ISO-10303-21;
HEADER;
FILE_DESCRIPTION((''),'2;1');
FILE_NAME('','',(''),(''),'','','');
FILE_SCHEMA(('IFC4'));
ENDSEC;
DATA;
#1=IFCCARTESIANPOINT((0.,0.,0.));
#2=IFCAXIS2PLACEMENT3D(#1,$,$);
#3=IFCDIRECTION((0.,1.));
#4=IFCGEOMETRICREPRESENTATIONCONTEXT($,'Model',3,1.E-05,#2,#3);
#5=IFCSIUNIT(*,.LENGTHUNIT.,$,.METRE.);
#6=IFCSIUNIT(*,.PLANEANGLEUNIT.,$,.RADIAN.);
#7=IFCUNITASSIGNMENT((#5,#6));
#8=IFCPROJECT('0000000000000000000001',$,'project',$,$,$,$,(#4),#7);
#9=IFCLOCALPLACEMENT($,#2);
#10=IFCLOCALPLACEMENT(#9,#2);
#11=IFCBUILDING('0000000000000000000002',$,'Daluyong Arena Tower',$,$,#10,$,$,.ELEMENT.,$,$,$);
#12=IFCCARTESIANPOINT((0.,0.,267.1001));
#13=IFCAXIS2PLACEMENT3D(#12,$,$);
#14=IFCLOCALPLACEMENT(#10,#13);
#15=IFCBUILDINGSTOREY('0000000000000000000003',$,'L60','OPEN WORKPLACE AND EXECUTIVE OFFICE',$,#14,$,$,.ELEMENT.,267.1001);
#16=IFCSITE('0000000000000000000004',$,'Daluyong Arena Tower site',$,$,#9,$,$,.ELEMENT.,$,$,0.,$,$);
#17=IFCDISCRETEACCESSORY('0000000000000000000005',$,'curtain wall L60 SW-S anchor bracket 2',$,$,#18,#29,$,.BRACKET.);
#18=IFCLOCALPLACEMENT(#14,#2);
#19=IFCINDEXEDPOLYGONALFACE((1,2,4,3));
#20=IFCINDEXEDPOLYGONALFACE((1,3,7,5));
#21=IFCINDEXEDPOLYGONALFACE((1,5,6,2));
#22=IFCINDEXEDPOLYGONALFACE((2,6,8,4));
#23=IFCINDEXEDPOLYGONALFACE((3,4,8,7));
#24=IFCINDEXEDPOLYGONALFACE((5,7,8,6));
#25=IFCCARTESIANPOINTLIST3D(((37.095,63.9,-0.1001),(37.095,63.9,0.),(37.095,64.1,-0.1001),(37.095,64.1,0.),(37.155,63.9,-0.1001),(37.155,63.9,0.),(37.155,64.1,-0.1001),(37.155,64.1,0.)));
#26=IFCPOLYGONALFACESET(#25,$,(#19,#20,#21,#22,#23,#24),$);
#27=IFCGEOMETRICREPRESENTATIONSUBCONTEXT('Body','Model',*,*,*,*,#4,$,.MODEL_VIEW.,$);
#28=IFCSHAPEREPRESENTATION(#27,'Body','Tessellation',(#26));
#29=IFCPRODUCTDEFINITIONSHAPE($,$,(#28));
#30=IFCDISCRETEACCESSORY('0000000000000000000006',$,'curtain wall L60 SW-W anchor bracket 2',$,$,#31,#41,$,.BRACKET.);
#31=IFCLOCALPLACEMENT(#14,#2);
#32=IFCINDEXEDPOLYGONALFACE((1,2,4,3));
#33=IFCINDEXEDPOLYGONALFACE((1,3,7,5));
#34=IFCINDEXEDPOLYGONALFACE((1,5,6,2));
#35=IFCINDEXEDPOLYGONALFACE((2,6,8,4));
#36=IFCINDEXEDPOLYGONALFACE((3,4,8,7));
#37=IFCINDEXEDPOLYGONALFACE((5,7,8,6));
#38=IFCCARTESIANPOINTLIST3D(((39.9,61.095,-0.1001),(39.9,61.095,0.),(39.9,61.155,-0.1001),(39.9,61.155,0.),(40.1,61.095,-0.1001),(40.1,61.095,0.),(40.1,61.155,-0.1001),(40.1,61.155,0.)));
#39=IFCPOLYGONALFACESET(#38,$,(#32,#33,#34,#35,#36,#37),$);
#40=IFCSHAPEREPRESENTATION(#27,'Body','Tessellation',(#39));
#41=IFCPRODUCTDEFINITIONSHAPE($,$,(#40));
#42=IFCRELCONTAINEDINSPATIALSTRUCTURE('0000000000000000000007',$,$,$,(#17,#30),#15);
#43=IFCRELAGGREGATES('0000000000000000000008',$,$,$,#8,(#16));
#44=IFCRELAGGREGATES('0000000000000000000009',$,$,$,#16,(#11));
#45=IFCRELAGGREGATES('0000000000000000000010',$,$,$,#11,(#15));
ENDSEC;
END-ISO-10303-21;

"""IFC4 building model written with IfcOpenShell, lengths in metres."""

from ifc_helpers import new_model, si_unit, direction, frame, origin, origin_2d, place, context, subcontext, project, spatial, rectangle, extrude, element, save


model = new_model("IFC4")

# Units and contexts
model_context = context("Model", 3, precision=1e-05, world=origin(), true_north=direction((0.0, 1.0)))
body_context = subcontext(model_context, "Body", "Model", "MODEL_VIEW")
ifc_project = project(units=[si_unit("LENGTHUNIT", "METRE"), si_unit("PLANEANGLEUNIT", "RADIAN")], contexts=[model_context])

# Site, building, storey
site_placement = place(None, origin())
site = spatial("IfcSite", under=ifc_project, at=site_placement, Name="Daluyong Arena Tower site", CompositionType="ELEMENT", RefElevation=0.0)
building_placement = place(site_placement, origin())
building = spatial("IfcBuilding", under=site, at=building_placement, Name="Daluyong Arena Tower", CompositionType="ELEMENT")
storey_placement = place(building_placement, frame((0.0, 0.0, 267.1001)))
storey = spatial("IfcBuildingStorey", under=building, at=storey_placement, Name="L60", Description="OPEN WORKPLACE AND EXECUTIVE OFFICE", CompositionType="ELEMENT", Elevation=267.1001)

# Discrete accessories
for number, where, z_axis, x_axis, name in (
    (1, (37.125, 64.0, -0.1001), (0.0, 0.0, 1.0), (1.0, 0.0, 0.0), "curtain wall L60 SW-S anchor bracket 2"),
    (2, (40.0, 61.125, -0.1001), (0.0, 0.0, 1.0), (0.0, -1.0, 0.0), "curtain wall L60 SW-W anchor bracket 2"),
):
    element("IfcDiscreteAccessory", number, at=place(storey_placement, frame(where, z_axis=z_axis, x_axis=x_axis)), inside=storey, Name=name, PredefinedType="BRACKET", context=body_context, shape_type="SweptSolid", body=[
        extrude(rectangle(XDim=0.0601, YDim=0.2, at=origin_2d()), origin(), (0.0, 0.0, 1.0), 0.1001),
    ])

save(model, "model.ifc")
